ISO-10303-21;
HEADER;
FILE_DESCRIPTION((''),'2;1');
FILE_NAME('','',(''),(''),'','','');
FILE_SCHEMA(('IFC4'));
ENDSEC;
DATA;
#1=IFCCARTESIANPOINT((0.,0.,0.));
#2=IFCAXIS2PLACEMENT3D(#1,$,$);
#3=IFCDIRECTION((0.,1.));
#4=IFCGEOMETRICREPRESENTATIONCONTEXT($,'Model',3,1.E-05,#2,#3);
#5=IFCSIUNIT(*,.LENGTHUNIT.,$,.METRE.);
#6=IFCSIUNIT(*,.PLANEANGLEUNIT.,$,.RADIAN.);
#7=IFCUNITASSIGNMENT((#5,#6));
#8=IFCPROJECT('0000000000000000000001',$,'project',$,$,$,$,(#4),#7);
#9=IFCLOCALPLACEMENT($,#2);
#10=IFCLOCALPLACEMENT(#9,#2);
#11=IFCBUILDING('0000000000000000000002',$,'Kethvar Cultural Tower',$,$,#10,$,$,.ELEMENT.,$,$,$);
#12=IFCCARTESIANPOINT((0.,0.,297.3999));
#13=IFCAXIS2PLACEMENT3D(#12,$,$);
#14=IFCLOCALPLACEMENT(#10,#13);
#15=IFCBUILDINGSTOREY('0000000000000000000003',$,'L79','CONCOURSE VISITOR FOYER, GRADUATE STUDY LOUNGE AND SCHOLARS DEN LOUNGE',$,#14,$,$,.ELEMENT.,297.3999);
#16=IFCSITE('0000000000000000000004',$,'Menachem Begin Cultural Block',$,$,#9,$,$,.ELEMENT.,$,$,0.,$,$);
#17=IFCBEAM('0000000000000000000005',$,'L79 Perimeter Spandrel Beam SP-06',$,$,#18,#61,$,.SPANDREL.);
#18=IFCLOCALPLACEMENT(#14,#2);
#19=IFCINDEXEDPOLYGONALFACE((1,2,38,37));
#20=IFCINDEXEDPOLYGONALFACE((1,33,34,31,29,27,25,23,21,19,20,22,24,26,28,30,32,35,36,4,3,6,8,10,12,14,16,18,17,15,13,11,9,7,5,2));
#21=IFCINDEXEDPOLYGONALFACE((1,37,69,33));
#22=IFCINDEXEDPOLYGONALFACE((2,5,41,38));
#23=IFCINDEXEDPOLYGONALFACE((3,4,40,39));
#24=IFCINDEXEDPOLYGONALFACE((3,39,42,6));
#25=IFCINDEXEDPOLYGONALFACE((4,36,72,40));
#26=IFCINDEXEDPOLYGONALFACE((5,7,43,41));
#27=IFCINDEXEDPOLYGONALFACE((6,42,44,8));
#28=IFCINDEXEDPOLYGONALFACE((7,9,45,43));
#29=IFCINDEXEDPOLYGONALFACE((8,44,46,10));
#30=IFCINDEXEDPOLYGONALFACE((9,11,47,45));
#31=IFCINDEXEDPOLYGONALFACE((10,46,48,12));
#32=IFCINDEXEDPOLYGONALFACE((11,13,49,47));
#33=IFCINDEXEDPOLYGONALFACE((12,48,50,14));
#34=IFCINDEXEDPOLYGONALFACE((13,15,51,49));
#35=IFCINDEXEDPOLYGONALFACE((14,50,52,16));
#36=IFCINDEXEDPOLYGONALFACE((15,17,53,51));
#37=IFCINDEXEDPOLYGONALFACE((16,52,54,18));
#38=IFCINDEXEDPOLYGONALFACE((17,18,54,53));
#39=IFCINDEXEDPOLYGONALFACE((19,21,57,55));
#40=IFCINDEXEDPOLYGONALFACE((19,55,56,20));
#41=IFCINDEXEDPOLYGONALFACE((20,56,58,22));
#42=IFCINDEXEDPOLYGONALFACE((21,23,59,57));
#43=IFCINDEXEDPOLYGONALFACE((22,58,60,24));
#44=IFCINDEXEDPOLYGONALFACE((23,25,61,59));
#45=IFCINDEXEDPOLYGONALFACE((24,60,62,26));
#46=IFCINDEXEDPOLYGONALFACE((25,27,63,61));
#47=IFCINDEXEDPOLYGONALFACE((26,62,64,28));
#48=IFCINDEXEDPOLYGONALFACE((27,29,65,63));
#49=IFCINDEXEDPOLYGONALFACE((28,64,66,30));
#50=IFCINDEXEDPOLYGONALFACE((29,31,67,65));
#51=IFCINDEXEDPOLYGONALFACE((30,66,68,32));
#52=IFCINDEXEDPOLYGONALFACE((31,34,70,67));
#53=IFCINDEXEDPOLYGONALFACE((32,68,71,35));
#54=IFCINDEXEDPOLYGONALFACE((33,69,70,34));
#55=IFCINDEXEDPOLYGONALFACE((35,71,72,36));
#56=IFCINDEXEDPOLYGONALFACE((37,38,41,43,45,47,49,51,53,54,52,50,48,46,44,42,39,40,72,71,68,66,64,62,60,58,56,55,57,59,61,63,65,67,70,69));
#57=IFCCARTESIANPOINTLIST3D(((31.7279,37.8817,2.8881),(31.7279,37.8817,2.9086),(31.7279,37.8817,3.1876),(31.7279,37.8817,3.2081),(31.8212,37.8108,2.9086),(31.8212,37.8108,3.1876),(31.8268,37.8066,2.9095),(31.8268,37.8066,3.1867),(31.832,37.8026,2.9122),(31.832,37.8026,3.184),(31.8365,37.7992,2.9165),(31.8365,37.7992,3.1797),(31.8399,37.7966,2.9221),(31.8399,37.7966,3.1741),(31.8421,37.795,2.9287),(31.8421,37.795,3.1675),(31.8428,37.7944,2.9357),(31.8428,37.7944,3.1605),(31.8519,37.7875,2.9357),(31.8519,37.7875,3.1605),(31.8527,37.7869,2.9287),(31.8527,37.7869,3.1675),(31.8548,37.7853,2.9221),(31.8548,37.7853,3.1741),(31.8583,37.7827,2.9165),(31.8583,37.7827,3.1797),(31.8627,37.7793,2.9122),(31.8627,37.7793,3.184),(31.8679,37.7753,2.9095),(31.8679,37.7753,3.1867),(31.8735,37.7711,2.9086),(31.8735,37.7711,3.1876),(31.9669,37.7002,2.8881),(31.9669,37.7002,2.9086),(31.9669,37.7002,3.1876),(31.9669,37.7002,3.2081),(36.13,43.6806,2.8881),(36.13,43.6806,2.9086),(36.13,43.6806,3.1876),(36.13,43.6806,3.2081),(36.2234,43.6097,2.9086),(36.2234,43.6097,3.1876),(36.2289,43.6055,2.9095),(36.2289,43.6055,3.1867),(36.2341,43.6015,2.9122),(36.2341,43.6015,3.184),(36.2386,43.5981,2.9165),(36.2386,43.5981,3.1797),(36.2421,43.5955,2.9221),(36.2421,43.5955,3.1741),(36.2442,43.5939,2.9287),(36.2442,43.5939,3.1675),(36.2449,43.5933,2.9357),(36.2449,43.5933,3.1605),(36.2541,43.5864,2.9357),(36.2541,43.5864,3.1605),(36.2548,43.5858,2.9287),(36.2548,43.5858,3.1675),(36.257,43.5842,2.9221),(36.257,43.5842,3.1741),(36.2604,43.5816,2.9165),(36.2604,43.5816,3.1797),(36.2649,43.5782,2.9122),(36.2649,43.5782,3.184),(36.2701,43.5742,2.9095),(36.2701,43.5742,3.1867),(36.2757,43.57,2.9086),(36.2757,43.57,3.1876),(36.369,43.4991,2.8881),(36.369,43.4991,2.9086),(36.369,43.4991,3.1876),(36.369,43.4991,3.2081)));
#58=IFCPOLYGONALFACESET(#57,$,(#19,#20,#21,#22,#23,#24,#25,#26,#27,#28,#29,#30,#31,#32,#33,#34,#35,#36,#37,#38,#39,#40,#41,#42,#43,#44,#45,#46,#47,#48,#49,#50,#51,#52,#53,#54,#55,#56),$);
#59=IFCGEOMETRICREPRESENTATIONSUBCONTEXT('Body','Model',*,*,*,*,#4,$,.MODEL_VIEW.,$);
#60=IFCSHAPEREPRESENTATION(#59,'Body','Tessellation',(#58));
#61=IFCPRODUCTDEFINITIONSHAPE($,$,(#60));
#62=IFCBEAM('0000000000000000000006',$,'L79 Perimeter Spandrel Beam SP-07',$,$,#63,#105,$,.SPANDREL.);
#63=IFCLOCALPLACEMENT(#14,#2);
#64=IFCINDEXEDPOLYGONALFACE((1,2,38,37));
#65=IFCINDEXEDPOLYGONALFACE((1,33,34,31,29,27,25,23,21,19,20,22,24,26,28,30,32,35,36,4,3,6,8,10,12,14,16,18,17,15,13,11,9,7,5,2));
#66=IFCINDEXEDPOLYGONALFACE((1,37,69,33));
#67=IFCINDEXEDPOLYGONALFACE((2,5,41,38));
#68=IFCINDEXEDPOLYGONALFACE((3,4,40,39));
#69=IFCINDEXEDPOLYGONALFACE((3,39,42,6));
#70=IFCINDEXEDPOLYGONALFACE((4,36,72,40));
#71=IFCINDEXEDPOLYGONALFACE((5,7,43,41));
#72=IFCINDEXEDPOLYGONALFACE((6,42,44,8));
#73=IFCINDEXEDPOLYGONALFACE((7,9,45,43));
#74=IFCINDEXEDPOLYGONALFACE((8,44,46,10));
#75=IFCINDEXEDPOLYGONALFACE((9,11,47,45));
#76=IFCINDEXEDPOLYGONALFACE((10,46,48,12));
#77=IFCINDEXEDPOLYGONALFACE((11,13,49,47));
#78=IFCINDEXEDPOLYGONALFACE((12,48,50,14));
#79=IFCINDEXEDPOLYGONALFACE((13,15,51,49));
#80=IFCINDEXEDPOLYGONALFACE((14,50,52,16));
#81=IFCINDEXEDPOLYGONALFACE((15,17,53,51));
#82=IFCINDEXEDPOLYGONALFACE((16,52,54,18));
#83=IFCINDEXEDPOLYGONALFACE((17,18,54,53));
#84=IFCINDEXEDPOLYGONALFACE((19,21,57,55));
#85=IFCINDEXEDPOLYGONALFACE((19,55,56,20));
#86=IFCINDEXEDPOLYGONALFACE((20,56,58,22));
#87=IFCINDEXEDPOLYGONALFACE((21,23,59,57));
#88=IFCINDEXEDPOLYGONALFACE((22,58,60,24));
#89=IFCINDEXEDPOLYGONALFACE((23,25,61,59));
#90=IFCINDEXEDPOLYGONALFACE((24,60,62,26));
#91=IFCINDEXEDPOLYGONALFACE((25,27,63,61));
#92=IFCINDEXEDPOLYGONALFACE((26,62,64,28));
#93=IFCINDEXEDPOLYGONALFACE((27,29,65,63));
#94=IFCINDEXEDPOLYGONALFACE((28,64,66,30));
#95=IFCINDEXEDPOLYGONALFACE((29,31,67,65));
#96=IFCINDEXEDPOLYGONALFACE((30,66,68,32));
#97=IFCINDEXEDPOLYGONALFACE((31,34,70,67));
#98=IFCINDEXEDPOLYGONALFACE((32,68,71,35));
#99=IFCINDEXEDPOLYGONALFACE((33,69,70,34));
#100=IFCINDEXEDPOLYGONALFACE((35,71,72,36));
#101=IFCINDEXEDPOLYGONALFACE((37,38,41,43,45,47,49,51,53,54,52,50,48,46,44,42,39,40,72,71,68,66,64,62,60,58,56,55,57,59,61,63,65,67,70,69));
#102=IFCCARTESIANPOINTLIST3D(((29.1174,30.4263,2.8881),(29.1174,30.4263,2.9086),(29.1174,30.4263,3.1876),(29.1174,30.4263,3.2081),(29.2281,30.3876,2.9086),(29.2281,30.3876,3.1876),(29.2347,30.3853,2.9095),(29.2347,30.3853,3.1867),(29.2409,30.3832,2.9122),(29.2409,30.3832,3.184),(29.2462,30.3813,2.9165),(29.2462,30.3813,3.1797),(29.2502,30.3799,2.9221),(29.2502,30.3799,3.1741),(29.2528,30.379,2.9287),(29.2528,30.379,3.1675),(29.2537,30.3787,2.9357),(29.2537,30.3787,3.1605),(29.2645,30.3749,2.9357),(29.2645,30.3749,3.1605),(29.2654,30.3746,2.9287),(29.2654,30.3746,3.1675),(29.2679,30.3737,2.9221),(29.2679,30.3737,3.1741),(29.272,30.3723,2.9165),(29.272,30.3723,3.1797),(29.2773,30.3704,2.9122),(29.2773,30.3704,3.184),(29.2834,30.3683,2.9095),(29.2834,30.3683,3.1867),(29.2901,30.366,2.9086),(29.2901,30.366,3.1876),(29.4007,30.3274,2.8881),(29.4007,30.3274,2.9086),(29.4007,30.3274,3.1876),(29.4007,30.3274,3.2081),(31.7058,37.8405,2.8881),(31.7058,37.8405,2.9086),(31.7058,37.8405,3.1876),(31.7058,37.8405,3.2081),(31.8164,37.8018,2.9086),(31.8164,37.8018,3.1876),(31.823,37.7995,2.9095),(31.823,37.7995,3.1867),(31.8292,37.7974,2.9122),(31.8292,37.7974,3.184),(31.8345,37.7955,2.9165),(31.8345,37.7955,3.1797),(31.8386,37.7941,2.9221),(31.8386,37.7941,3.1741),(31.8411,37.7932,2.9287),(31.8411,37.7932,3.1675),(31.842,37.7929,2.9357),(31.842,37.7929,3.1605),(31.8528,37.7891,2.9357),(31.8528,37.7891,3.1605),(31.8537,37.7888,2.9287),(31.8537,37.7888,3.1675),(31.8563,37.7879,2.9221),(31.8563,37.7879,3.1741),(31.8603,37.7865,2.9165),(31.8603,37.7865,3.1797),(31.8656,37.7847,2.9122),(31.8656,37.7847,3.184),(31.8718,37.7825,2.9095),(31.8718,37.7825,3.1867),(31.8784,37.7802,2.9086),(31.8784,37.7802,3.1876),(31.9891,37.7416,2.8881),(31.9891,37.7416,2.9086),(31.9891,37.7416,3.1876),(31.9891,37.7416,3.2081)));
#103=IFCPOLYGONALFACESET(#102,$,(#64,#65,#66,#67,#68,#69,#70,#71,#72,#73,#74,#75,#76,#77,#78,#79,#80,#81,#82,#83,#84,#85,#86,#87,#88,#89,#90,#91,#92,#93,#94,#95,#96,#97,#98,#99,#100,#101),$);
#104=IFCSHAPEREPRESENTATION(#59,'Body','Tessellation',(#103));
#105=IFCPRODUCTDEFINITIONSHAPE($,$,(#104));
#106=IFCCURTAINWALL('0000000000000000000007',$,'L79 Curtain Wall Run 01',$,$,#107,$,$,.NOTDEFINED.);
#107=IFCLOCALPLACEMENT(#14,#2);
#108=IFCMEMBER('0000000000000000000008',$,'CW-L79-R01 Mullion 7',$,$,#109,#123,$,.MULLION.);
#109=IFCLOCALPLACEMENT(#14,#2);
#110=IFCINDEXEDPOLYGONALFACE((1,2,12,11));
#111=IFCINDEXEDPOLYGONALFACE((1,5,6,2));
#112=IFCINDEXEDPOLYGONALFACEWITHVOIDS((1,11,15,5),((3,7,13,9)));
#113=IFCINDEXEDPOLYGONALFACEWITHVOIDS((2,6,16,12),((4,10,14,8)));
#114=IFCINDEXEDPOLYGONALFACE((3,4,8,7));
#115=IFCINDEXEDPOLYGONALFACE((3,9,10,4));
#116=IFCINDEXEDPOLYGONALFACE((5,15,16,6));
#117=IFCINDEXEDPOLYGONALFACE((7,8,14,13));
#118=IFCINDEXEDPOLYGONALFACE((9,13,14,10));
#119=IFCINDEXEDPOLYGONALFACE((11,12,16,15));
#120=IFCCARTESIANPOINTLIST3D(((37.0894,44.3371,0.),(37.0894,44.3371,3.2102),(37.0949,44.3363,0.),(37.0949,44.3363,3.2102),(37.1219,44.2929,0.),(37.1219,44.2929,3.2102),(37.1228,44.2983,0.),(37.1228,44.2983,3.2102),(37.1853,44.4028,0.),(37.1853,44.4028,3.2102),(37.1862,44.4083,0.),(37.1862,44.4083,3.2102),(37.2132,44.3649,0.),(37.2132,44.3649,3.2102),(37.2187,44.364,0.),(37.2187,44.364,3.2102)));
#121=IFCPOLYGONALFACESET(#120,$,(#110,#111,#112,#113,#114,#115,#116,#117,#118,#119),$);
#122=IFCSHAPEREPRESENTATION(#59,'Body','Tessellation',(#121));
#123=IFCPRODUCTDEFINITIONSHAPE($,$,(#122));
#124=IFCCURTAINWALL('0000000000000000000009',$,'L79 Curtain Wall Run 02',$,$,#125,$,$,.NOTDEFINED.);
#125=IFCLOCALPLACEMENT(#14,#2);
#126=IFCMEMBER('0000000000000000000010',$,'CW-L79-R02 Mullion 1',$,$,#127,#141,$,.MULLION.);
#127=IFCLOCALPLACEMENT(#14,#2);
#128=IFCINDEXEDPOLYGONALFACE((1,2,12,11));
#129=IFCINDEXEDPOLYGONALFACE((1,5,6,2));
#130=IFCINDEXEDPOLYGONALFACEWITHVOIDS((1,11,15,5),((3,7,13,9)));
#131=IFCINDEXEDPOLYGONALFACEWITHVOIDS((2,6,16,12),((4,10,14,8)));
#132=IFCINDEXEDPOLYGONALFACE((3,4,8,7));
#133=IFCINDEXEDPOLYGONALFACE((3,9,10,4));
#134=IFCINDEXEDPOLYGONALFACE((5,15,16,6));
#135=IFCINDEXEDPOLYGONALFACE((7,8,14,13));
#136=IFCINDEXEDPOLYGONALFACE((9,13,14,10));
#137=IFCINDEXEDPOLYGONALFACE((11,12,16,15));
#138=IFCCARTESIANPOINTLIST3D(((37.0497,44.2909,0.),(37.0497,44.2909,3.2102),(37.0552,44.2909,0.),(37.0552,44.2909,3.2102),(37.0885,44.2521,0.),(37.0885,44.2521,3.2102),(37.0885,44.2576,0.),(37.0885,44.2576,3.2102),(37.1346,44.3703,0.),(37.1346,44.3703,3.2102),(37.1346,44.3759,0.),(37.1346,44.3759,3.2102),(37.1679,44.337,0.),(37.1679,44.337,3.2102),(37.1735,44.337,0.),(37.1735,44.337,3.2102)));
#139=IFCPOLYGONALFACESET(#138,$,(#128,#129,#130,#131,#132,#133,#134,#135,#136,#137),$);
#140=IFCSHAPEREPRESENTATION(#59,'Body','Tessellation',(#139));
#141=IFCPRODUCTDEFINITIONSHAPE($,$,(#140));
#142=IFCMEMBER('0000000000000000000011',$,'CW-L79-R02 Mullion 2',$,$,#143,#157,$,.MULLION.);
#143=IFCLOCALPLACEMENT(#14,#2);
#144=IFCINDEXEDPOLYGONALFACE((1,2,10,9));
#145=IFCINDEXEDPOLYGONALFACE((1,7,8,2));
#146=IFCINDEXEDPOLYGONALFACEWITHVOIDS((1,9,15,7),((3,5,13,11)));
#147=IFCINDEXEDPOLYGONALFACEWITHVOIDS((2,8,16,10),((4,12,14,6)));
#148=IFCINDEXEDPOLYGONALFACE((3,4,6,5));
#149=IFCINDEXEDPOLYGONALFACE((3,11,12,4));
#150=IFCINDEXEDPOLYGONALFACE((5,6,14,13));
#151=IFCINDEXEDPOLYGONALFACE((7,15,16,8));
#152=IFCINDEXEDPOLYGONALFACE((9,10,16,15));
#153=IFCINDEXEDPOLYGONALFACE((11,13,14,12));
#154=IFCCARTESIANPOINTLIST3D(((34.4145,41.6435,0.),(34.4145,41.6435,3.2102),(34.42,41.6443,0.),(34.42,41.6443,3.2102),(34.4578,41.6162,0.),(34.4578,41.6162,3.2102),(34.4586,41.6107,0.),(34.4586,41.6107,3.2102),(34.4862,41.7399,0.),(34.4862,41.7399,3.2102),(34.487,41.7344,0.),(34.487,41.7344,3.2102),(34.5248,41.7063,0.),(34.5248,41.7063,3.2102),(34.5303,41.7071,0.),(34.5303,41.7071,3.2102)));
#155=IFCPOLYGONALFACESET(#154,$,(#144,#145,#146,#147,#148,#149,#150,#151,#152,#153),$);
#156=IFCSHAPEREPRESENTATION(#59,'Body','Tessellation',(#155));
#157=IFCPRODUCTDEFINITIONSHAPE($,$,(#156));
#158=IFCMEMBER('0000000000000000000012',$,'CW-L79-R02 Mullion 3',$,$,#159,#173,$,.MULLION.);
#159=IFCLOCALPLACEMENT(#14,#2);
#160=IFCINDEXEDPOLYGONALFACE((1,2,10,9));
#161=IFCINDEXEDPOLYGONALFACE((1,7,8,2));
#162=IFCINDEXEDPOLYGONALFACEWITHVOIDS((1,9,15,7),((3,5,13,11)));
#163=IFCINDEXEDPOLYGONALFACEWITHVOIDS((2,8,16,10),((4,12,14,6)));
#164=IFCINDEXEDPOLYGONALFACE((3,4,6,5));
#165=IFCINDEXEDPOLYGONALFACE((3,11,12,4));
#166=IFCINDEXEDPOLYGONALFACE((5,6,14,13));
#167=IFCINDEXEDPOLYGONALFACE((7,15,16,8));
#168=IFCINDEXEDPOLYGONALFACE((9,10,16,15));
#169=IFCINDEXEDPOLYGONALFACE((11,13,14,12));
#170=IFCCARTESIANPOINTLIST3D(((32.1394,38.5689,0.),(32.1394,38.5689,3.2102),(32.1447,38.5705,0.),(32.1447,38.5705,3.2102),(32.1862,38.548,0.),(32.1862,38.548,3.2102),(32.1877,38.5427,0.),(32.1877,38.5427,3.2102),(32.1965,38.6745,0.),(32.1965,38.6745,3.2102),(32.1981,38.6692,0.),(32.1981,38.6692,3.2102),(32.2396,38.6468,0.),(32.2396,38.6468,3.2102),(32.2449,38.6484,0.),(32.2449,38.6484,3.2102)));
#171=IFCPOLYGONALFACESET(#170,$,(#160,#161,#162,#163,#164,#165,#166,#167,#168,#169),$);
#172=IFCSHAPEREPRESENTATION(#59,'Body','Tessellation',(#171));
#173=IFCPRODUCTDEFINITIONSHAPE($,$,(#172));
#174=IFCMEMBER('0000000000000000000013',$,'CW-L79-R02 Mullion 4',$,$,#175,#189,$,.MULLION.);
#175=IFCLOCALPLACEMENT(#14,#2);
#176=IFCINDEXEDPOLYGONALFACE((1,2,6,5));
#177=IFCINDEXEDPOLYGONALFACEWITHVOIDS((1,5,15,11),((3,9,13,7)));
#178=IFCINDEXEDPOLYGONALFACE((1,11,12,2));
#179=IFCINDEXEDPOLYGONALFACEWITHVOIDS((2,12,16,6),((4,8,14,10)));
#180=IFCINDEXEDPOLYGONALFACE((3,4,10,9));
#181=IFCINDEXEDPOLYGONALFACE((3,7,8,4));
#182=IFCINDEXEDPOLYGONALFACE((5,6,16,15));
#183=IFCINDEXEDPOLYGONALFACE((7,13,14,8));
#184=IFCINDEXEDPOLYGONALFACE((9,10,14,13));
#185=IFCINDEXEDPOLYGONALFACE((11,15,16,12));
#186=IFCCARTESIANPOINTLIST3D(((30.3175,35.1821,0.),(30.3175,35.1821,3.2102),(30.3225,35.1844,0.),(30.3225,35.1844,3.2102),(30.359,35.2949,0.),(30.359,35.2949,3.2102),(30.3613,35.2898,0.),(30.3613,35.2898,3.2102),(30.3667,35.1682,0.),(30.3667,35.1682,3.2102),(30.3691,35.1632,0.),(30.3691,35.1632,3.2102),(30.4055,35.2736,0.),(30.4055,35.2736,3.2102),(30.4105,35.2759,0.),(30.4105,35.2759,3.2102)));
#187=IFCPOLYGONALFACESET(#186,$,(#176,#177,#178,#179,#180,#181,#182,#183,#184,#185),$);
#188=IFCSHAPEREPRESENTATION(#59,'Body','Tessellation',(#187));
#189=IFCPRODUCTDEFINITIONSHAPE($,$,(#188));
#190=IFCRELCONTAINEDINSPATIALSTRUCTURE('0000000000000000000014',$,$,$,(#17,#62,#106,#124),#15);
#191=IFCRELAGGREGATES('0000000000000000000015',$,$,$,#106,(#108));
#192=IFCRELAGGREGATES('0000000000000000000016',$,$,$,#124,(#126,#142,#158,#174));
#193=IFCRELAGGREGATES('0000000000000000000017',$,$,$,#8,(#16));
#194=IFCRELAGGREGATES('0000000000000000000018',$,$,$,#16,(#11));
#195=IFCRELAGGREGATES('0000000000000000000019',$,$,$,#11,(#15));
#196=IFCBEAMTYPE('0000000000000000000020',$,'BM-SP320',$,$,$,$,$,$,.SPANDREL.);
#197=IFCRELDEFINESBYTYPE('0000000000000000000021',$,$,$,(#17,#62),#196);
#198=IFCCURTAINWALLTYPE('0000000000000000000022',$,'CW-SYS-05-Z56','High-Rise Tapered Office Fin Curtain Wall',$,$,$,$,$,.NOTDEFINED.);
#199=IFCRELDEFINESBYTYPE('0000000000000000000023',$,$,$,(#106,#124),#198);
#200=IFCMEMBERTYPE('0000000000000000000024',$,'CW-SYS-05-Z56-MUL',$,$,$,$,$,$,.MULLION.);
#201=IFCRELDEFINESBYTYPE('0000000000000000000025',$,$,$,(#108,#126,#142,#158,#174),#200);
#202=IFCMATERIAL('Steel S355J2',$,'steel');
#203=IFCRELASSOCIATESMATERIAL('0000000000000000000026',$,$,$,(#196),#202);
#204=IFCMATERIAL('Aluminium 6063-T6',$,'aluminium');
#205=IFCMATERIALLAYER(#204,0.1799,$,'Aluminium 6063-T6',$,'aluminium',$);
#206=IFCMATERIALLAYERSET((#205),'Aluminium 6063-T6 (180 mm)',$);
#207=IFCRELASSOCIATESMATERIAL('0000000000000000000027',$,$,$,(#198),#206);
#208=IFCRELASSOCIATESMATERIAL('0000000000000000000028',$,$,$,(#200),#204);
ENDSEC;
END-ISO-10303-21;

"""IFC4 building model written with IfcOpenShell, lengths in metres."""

from ifc_helpers import new_model, si_unit, direction, frame, origin, origin_2d, place, context, subcontext, project, spatial, hollow_rectangle, i_section, extrude, source, transform, mapped, material, layer, layer_set, material_profile, profile_set, type_object, element, aggregate, save


model = new_model("IFC4")

# Units and contexts
model_context = context("Model", 3, precision=1e-05, world=origin(), true_north=direction((0.0, 1.0)))
body_context = subcontext(model_context, "Body", "Model", "MODEL_VIEW")
ifc_project = project(units=[si_unit("LENGTHUNIT", "METRE"), si_unit("PLANEANGLEUNIT", "RADIAN")], contexts=[model_context])

# Site, building, storey
site_placement = place(None, origin())
site = spatial("IfcSite", under=ifc_project, at=site_placement, Name="Menachem Begin Cultural Block", CompositionType="ELEMENT", RefElevation=0.0)
building_placement = place(site_placement, origin())
building = spatial("IfcBuilding", under=site, at=building_placement, Name="Kethvar Cultural Tower", CompositionType="ELEMENT")
storey_placement = place(building_placement, frame((0.0, 0.0, 297.3999)))
storey = spatial("IfcBuildingStorey", under=building, at=storey_placement, Name="L79", Description="CONCOURSE VISITOR FOYER, GRADUATE STUDY LOUNGE AND SCHOLARS DEN LOUNGE", CompositionType="ELEMENT", Elevation=297.3999)

# Shared definitions
ifc_material_1 = material(Name="Steel S355J2", Category="steel")

# Beams
ifc_material_profile_1 = material_profile(ifc_material_1, i_section(OverallWidth=0.3, OverallDepth=0.3201, WebThickness=0.0115, FlangeThickness=0.0205, FilletRadius=0.0271, at=origin_2d()), Name="Steel S355J2 — HEB320")
ifc_profile_set_1 = profile_set([ifc_material_profile_1], Name="Steel S355J2 — HEB320")
beam_type_1 = type_object("IfcBeamType", Name="BM-SP320", PredefinedType="SPANDREL", material=ifc_profile_set_1)
shared_shape_1 = source(origin(), body_context, "Body", "SweptSolid", [
    extrude(i_section(OverallWidth=0.3, OverallDepth=0.3201, WebThickness=0.0115, FlangeThickness=0.0205, FilletRadius=0.0271, at=origin_2d()), origin(), (0.0, 0.0, 1.0), 7.2805),
])
beam_1_placement = place(storey_placement, frame((36.2495, 43.5898, 3.0481), z_axis=(-0.604647, -0.796494, 0.0), x_axis=(0.796494, -0.604647, 0.0)))
element("IfcBeam", 1, at=beam_1_placement, inside=storey, type_object=beam_type_1, Name="L79 Perimeter Spandrel Beam SP-06", PredefinedType="SPANDREL", context=body_context, shape_type="MappedRepresentation", body=[
    mapped(shared_shape_1, transform((0.0, 0.0, 0.0), scale=1.0)),
])
shared_shape_2 = source(origin(), body_context, "Body", "SweptSolid", [
    extrude(i_section(OverallWidth=0.3, OverallDepth=0.3201, WebThickness=0.0115, FlangeThickness=0.0205, FilletRadius=0.0271, at=origin_2d()), origin(), (0.0, 0.0, 1.0), 7.853),
])
beam_2_placement = place(storey_placement, frame((31.8474, 37.791, 3.0481), z_axis=(-0.329598, -0.944121, 0.0), x_axis=(0.944121, -0.329598, 0.0)))
element("IfcBeam", 2, at=beam_2_placement, inside=storey, type_object=beam_type_1, Name="L79 Perimeter Spandrel Beam SP-07", PredefinedType="SPANDREL", context=body_context, shape_type="MappedRepresentation", body=[
    mapped(shared_shape_2, transform((0.0, 0.0, 0.0), scale=1.0)),
])

# Curtain wall, member
ifc_material_2 = material(Name="Aluminium 6063-T6", Category="aluminium")
ifc_layer_1 = layer(ifc_material_2, 0.1799, Name="Aluminium 6063-T6", Category="aluminium")
ifc_layer_set_1 = layer_set([ifc_layer_1], Name="Aluminium 6063-T6 (180 mm)")
curtain_wall_type = type_object("IfcCurtainWallType", Name="CW-SYS-05-Z56", Description="High-Rise Tapered Office Fin Curtain Wall", PredefinedType="NOTDEFINED", material=ifc_layer_set_1)
curtain_wall_1_placement = place(storey_placement, origin())
curtain_wall_1 = element("IfcCurtainWall", 3, at=curtain_wall_1_placement, inside=storey, type_object=curtain_wall_type, Name="L79 Curtain Wall Run 01", PredefinedType="NOTDEFINED")
ifc_material_profile_2 = material_profile(ifc_material_2, hollow_rectangle(XDim=0.0549, YDim=0.1201, WallThickness=0.0039, at=origin_2d()), Name="Aluminium 6063-T6 — RHS120x55x4")
ifc_profile_set_2 = profile_set([ifc_material_profile_2], Name="Aluminium 6063-T6 — RHS120x55x4")
member_type_1 = type_object("IfcMemberType", Name="CW-SYS-05-Z56-MUL", PredefinedType="MULLION", material=ifc_profile_set_2)
shared_shape_3 = source(origin(), body_context, "Body", "SweptSolid", [
    extrude(hollow_rectangle(XDim=0.0549, YDim=0.1201, WallThickness=0.0039, at=origin_2d()), origin(), (0.0, 0.0, 1.0), 3.2102),
])
member_1_placement = place(storey_placement, frame((37.1541, 44.3506, 0.0), z_axis=(0.0, 0.0, 1.0), x_axis=(0.592309, -0.805711, 0.0)))
member_1 = element("IfcMember", 4, at=member_1_placement, type_object=member_type_1, Name="CW-L79-R01 Mullion 7", PredefinedType="MULLION", context=body_context, shape_type="MappedRepresentation", body=[
    mapped(shared_shape_3, transform((0.0, 0.0, 0.0), scale=1.0)),
])
aggregate(curtain_wall_1, [member_1])

# Curtain wall, members
curtain_wall_2_placement = place(storey_placement, origin())
curtain_wall_2 = element("IfcCurtainWall", 5, at=curtain_wall_2_placement, inside=storey, type_object=curtain_wall_type, Name="L79 Curtain Wall Run 02", PredefinedType="NOTDEFINED")
member_2_placement = place(storey_placement, frame((37.1116, 44.314, 0.0), z_axis=(0.0, 0.0, 1.0), x_axis=(0.707267, -0.706946, 0.0)))
member_2 = element("IfcMember", 6, at=member_2_placement, type_object=member_type_1, Name="CW-L79-R02 Mullion 1", PredefinedType="MULLION", context=body_context, shape_type="MappedRepresentation", body=[
    mapped(shared_shape_3, transform((0.0, 0.0, 0.0), scale=1.0)),
])
member_3_placement = place(storey_placement, frame((34.4724, 41.6753, 0.0), z_axis=(0.0, 0.0, 1.0), x_axis=(0.802641, -0.596463, 0.0)))
member_3 = element("IfcMember", 7, at=member_3_placement, type_object=member_type_1, Name="CW-L79-R02 Mullion 2", PredefinedType="MULLION", context=body_context, shape_type="MappedRepresentation", body=[
    mapped(shared_shape_3, transform((0.0, 0.0, 0.0), scale=1.0)),
])
member_4_placement = place(storey_placement, frame((32.1921, 38.6086, 0.0), z_axis=(0.0, 0.0, 1.0), x_axis=(0.879682, -0.475563, 0.0)))
member_4 = element("IfcMember", 8, at=member_4_placement, type_object=member_type_1, Name="CW-L79-R02 Mullion 3", PredefinedType="MULLION", context=body_context, shape_type="MappedRepresentation", body=[
    mapped(shared_shape_3, transform((0.0, 0.0, 0.0), scale=1.0)),
])
member_5_placement = place(storey_placement, frame((30.364, 35.229, 0.0), z_axis=(0.0, 0.0, 1.0), x_axis=(0.938511, -0.345249, 0.0)))
member_5 = element("IfcMember", 9, at=member_5_placement, type_object=member_type_1, Name="CW-L79-R02 Mullion 4", PredefinedType="MULLION", context=body_context, shape_type="MappedRepresentation", body=[
    mapped(shared_shape_3, transform((0.0, 0.0, 0.0), scale=1.0)),
])
aggregate(curtain_wall_2, [member_2, member_3, member_4, member_5])

save(model, "model.ifc")
